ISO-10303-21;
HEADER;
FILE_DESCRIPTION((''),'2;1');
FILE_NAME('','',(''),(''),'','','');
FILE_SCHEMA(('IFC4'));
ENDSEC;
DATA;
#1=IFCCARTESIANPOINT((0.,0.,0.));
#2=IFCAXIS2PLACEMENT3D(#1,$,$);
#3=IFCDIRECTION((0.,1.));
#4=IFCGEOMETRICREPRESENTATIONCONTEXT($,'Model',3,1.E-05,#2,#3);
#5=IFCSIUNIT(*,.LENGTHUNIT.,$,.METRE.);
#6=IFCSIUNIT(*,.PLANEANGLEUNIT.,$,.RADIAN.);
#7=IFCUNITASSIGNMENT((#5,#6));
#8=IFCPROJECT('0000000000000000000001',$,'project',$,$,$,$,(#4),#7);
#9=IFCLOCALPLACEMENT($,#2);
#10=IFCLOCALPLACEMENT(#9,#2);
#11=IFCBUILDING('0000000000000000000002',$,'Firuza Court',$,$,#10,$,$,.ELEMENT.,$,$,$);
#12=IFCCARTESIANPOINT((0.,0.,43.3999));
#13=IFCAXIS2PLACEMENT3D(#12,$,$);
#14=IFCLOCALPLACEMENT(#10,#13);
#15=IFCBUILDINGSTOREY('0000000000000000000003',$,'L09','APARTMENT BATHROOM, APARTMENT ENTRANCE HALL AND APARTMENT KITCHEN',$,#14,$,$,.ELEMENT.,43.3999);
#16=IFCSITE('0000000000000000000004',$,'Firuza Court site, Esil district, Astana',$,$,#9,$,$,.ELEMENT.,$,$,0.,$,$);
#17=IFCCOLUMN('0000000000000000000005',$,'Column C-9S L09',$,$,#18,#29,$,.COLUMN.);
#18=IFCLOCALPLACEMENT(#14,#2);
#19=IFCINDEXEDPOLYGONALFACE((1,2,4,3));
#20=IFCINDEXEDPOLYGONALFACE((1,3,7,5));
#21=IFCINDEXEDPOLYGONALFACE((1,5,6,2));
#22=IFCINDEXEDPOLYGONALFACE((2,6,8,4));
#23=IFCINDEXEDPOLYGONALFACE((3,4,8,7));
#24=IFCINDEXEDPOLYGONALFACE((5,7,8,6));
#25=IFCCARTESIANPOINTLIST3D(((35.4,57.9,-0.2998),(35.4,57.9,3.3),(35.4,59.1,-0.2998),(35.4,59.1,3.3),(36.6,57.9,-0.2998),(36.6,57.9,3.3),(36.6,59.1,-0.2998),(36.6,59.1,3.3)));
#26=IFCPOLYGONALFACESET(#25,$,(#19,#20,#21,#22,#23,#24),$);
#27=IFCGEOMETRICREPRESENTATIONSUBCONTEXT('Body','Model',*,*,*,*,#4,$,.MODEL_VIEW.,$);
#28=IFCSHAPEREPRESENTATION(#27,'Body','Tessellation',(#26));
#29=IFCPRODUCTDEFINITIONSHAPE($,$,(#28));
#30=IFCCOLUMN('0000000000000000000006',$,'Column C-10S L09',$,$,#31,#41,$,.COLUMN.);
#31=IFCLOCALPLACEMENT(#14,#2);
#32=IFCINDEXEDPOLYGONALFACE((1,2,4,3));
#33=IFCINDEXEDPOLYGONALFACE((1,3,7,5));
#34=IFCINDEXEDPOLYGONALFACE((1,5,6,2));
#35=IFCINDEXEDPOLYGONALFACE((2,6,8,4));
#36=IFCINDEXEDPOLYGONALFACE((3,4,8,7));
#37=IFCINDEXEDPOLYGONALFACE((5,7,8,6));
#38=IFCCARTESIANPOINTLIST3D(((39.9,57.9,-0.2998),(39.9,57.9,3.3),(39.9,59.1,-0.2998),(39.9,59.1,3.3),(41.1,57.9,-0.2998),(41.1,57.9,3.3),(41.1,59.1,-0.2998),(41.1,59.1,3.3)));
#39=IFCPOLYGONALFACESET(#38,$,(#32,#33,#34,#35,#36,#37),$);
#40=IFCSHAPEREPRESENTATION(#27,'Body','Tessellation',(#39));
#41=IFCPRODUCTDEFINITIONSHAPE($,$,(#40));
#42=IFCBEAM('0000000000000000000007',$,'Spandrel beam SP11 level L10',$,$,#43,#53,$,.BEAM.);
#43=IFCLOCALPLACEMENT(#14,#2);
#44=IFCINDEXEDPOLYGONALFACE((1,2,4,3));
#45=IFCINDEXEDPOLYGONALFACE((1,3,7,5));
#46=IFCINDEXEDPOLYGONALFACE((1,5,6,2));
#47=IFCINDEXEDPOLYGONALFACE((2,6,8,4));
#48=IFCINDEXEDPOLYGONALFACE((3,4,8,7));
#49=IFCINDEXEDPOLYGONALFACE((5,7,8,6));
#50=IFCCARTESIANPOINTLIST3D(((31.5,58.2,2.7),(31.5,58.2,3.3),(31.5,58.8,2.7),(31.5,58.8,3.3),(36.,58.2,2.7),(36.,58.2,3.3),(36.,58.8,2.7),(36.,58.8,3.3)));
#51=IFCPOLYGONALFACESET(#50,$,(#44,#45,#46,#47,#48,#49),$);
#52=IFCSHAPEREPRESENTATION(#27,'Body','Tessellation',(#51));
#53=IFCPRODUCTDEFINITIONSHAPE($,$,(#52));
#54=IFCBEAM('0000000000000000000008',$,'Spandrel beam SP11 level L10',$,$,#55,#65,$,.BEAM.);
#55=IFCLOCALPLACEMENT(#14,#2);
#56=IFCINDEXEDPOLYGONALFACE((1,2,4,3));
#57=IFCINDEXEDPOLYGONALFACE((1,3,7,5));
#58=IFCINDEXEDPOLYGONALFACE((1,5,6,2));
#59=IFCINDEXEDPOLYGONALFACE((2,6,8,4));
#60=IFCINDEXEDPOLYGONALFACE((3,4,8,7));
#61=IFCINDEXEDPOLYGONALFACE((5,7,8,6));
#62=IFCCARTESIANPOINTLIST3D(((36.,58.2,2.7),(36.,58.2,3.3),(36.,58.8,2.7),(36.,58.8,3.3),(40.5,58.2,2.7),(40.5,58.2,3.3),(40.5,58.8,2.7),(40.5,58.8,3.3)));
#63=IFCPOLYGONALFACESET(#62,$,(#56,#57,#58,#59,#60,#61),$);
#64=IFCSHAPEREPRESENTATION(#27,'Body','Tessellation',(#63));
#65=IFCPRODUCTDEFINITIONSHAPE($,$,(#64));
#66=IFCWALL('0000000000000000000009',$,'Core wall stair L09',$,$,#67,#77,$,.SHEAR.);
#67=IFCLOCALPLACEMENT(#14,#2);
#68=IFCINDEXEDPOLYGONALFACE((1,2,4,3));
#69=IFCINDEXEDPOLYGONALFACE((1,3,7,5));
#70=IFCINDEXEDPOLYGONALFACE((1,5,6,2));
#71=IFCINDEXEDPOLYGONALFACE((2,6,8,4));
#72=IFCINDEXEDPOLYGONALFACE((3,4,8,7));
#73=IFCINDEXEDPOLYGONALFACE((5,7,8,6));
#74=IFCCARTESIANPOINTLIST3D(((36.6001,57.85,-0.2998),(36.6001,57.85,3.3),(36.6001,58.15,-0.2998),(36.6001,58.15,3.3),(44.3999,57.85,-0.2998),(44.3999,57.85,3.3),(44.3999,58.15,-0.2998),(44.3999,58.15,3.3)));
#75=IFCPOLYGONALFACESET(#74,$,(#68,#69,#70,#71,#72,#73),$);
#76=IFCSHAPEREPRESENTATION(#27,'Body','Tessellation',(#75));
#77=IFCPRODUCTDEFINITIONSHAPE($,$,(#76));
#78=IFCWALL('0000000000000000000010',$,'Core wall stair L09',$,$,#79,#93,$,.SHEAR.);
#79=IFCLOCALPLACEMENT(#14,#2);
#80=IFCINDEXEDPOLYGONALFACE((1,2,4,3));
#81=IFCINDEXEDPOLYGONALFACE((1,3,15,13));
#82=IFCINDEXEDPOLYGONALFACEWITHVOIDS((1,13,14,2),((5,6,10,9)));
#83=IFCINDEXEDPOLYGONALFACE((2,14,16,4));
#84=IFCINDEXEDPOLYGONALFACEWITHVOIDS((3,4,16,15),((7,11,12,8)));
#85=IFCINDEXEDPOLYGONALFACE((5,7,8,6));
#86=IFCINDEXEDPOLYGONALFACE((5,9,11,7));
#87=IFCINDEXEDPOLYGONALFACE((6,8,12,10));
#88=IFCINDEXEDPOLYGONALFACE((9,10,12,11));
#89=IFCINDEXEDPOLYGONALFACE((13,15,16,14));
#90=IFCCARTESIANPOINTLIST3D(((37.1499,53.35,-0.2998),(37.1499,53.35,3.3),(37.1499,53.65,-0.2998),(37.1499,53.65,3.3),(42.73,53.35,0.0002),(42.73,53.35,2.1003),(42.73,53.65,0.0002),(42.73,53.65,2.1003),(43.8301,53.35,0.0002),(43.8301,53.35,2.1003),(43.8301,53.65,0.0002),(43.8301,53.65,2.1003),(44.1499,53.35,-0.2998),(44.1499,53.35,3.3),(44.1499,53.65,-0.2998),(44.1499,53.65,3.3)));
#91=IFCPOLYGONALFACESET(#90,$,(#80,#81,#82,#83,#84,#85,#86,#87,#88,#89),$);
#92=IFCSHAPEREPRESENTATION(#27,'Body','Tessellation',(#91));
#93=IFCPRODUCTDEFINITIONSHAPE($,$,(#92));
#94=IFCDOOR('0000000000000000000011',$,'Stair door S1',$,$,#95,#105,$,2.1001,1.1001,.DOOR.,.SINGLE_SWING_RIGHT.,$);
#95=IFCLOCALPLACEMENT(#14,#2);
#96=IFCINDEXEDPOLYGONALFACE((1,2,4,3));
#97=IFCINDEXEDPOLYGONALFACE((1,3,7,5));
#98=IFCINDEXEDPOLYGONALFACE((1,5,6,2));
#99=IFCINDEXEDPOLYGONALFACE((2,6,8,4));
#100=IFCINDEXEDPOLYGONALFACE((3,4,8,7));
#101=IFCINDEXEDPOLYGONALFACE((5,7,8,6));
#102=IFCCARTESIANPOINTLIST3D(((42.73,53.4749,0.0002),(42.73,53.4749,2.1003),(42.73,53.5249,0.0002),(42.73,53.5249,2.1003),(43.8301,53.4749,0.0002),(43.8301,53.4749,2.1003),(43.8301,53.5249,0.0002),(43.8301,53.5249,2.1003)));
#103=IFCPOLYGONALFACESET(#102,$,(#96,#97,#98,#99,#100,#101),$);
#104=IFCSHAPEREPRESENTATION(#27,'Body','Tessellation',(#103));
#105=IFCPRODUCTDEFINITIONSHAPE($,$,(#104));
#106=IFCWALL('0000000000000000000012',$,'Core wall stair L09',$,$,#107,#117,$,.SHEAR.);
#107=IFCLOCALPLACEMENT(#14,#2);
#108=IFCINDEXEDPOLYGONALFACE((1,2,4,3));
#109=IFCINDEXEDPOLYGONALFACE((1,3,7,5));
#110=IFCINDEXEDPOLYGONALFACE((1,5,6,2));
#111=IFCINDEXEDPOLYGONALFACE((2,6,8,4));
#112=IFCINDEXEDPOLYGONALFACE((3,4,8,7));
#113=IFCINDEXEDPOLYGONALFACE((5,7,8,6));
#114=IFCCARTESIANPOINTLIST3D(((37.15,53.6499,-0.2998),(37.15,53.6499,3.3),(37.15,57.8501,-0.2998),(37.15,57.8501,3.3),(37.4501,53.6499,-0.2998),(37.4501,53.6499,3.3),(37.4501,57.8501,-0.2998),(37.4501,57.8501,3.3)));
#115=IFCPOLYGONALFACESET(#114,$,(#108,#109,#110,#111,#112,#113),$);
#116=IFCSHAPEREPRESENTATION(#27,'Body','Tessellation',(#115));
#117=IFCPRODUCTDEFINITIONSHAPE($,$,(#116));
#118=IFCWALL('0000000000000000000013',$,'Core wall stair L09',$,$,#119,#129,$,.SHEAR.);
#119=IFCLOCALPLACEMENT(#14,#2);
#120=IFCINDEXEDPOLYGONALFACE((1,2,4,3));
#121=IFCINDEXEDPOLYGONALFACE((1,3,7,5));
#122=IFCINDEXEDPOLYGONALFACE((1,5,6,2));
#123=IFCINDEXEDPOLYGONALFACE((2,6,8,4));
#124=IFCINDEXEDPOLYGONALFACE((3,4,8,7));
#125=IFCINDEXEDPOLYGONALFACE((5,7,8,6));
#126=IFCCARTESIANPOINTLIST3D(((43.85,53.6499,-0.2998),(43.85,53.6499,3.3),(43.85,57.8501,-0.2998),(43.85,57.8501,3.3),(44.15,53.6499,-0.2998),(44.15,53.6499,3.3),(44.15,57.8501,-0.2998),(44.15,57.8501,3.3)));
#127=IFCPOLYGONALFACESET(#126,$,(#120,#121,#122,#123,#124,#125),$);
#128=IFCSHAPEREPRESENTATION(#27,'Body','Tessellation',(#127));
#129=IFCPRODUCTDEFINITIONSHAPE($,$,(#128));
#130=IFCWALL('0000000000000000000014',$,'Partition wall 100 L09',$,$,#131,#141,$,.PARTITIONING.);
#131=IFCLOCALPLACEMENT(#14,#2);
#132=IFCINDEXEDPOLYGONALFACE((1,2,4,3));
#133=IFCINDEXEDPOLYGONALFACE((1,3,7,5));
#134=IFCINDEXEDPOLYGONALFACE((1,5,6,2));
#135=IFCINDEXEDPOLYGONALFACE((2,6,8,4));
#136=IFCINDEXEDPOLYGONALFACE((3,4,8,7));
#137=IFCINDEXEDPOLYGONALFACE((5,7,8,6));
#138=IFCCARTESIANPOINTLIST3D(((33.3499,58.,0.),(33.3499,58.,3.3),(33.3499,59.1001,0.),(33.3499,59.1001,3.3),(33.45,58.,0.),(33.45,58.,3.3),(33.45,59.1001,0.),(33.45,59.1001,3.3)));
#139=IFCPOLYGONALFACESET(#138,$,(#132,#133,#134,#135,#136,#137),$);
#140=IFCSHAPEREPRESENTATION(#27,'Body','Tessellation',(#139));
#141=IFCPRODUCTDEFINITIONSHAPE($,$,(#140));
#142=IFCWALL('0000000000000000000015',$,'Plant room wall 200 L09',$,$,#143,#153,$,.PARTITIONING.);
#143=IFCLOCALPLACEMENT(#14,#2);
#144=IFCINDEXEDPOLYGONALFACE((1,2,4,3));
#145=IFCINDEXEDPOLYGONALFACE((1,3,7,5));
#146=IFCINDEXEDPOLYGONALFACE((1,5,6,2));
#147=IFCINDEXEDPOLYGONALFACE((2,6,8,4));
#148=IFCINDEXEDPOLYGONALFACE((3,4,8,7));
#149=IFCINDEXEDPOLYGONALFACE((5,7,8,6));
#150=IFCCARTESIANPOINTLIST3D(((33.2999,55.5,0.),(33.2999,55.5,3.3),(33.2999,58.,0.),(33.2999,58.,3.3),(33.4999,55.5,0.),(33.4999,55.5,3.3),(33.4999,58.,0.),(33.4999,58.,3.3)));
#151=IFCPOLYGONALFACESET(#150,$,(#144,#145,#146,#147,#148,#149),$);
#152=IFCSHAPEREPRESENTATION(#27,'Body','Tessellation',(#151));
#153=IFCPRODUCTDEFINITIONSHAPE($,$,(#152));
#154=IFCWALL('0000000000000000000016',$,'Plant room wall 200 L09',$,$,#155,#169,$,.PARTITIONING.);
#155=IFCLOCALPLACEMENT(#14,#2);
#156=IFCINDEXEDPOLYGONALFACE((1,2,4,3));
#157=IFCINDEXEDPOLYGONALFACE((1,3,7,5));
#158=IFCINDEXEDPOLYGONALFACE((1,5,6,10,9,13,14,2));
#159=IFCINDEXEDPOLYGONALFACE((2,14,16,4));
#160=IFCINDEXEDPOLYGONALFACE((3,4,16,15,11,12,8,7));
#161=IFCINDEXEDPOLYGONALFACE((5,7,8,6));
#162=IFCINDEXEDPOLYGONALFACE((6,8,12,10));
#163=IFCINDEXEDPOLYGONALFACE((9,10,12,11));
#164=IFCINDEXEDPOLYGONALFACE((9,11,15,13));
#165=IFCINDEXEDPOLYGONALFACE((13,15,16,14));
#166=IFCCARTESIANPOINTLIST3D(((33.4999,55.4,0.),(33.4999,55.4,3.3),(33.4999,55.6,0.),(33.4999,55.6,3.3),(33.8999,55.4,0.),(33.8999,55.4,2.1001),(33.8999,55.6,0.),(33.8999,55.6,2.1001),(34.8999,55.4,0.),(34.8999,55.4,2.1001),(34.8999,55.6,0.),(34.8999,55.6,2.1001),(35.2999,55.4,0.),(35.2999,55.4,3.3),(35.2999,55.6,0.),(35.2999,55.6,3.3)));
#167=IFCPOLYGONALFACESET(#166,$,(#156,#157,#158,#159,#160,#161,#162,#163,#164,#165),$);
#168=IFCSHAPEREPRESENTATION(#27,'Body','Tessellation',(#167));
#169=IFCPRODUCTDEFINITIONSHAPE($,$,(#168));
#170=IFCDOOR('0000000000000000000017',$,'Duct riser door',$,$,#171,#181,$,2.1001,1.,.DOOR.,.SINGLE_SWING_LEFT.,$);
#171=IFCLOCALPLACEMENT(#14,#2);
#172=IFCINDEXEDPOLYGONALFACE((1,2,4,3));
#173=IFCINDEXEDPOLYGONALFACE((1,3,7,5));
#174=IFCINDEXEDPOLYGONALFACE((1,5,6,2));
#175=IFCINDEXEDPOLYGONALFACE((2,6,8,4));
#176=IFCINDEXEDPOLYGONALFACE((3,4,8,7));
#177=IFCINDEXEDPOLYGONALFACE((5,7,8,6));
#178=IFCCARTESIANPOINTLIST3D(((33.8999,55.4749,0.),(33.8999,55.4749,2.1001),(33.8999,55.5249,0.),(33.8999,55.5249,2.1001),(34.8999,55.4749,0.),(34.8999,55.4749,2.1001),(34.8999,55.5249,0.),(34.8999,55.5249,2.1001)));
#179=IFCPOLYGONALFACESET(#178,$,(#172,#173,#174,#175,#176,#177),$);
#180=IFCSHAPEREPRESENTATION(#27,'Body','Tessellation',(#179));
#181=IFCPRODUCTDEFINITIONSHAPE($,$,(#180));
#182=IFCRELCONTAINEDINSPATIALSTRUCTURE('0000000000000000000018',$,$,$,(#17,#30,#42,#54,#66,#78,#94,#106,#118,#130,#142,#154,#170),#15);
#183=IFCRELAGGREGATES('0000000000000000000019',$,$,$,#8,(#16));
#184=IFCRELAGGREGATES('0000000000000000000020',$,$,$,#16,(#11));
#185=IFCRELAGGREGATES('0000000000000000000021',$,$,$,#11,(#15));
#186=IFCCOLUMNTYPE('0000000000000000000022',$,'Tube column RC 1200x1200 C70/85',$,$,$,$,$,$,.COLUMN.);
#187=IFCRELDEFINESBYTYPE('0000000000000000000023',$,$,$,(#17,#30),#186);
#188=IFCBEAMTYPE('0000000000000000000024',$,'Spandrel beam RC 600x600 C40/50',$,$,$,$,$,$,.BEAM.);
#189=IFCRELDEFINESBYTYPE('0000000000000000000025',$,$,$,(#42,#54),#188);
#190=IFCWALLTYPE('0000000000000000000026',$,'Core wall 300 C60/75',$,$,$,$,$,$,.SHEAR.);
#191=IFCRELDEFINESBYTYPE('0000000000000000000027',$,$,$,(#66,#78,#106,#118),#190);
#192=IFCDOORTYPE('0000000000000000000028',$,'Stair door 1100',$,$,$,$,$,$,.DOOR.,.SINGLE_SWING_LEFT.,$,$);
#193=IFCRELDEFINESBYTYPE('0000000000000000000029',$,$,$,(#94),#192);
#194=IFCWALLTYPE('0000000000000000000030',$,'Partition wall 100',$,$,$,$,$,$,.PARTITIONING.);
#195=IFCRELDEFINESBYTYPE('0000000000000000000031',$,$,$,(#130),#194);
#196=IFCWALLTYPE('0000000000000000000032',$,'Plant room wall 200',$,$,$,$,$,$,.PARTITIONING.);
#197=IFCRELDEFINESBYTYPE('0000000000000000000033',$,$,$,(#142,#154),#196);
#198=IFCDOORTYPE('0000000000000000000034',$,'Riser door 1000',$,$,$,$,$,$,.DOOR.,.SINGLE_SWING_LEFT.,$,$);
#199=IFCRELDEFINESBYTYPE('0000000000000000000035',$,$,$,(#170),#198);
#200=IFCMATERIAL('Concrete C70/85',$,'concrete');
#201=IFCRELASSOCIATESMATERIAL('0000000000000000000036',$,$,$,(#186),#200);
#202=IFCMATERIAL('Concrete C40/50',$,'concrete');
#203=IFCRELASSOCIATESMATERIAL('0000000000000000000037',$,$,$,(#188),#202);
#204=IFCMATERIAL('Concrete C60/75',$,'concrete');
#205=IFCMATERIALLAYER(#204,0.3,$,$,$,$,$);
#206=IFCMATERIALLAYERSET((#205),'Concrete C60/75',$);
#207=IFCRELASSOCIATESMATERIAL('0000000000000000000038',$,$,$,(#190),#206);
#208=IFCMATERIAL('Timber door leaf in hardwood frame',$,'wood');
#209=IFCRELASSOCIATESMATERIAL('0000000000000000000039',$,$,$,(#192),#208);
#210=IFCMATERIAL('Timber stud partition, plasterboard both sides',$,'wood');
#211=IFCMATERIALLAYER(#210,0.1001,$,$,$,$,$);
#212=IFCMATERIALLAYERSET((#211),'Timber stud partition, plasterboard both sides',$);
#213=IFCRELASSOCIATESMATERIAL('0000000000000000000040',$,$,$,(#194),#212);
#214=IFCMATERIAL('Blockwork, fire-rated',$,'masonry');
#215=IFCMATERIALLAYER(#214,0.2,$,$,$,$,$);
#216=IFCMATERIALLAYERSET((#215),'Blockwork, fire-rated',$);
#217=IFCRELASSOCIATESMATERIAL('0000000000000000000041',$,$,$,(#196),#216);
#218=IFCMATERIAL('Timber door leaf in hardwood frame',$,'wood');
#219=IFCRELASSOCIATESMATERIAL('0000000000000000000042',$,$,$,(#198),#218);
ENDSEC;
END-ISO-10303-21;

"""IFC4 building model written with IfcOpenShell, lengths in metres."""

from ifc_helpers import new_model, si_unit, direction, frame, frame_2d, origin, origin_2d, place, context, subcontext, project, spatial, rectangle, extrude, material, layer, layer_set, material_profile, profile_set, type_object, element, fill, save


model = new_model("IFC4")

# Units and contexts
model_context = context("Model", 3, precision=1e-05, world=origin(), true_north=direction((0.0, 1.0)))
body_context = subcontext(model_context, "Body", "Model", "MODEL_VIEW")
ifc_project = project(units=[si_unit("LENGTHUNIT", "METRE"), si_unit("PLANEANGLEUNIT", "RADIAN")], contexts=[model_context])

# Site, building, storey
site_placement = place(None, origin())
site = spatial("IfcSite", under=ifc_project, at=site_placement, Name="Firuza Court site, Esil district, Astana", CompositionType="ELEMENT", RefElevation=0.0)
building_placement = place(site_placement, origin())
building = spatial("IfcBuilding", under=site, at=building_placement, Name="Firuza Court", CompositionType="ELEMENT")
storey_placement = place(building_placement, frame((0.0, 0.0, 43.3999)))
storey = spatial("IfcBuildingStorey", under=building, at=storey_placement, Name="L09", Description="APARTMENT BATHROOM, APARTMENT ENTRANCE HALL AND APARTMENT KITCHEN", CompositionType="ELEMENT", Elevation=43.3999)

# Columns
ifc_material_1 = material(Name="Concrete C70/85", Category="concrete")
ifc_material_profile_1 = material_profile(ifc_material_1, rectangle(XDim=1.2, YDim=1.2, at=origin_2d()), Name="RC 1200x1200")
ifc_profile_set_1 = profile_set([ifc_material_profile_1], Name="Concrete C70/85")
column_type = type_object("IfcColumnType", Name="Tube column RC 1200x1200 C70/85", PredefinedType="COLUMN", material=ifc_profile_set_1)
for number, where, z_axis, x_axis, name in (
    (1, (36.0, 58.5, -0.2998), (0.0, 0.0, 1.0), (1.0, 0.0, 0.0), "Column C-9S L09"),
    (2, (40.5, 58.5, -0.2998), (0.0, 0.0, 1.0), (1.0, 0.0, 0.0), "Column C-10S L09"),
):
    element("IfcColumn", number, at=place(storey_placement, frame(where, z_axis=z_axis, x_axis=x_axis)), inside=storey, type_object=column_type, Name=name, PredefinedType="COLUMN", context=body_context, shape_type="SweptSolid", body=[
        extrude(rectangle(XDim=1.2, YDim=1.2, at=origin_2d()), origin(), (0.0, 0.0, 1.0), 3.5999),
    ])

# Beams
ifc_material_2 = material(Name="Concrete C40/50", Category="concrete")
ifc_material_profile_2 = material_profile(ifc_material_2, rectangle(XDim=0.6001, YDim=0.6001, at=origin_2d()), Name="RC 600x600")
ifc_profile_set_2 = profile_set([ifc_material_profile_2], Name="Concrete C40/50")
beam_type = type_object("IfcBeamType", Name="Spandrel beam RC 600x600 C40/50", PredefinedType="BEAM", material=ifc_profile_set_2)
for number, where, z_axis, x_axis, name in (
    (3, (36.0, 58.5, 3.0), (-1.0, 0.0, 0.0), (0.0, -1.0, 0.0), "Spandrel beam SP11 level L10"),
    (4, (40.5, 58.5, 3.0), (-1.0, 0.0, 0.0), (0.0, -1.0, 0.0), "Spandrel beam SP11 level L10"),
):
    element("IfcBeam", number, at=place(storey_placement, frame(where, z_axis=z_axis, x_axis=x_axis)), inside=storey, type_object=beam_type, Name=name, PredefinedType="BEAM", context=body_context, shape_type="SweptSolid", body=[
        extrude(rectangle(XDim=0.6001, YDim=0.6001, at=origin_2d()), origin(), (0.0, 0.0, 1.0), 4.5),
    ])

# Wall
ifc_material_3 = material(Name="Concrete C60/75", Category="concrete")
ifc_layer_1 = layer(ifc_material_3, 0.3)
ifc_layer_set_1 = layer_set([ifc_layer_1], Name="Concrete C60/75")
wall_type_1 = type_object("IfcWallType", Name="Core wall 300 C60/75", PredefinedType="SHEAR", material=ifc_layer_set_1)
wall_1_placement = place(storey_placement, frame((36.6001, 58.0, -0.2998), z_axis=(0.0, 0.0, 1.0), x_axis=(1.0, 0.0, 0.0)))
element("IfcWall", 5, at=wall_1_placement, inside=storey, type_object=wall_type_1, Name="Core wall stair L09", PredefinedType="SHEAR", context=body_context, shape_type="SweptSolid", body=[
    extrude(rectangle(XDim=7.7998, YDim=0.3, at=frame_2d((3.8999, 0.0))), origin(), (0.0, 0.0, 1.0), 3.5999),
])

# Wall, opening, door
wall_2_placement = place(storey_placement, frame((37.1499, 53.5, -0.2998), z_axis=(0.0, 0.0, 1.0), x_axis=(1.0, 0.0, 0.0)))
wall_2 = element("IfcWall", 6, at=wall_2_placement, inside=storey, type_object=wall_type_1, Name="Core wall stair L09", PredefinedType="SHEAR", context=body_context, shape_type="SweptSolid", body=[
    extrude(rectangle(XDim=7.0, YDim=0.3, at=frame_2d((3.5, 0.0))), origin(), (0.0, 0.0, 1.0), 3.5999),
])
opening_1_placement = place(wall_2_placement, frame((5.5801, 0.0, 0.3)))
opening_1 = element("IfcOpeningElement", 7, at=opening_1_placement, cuts=wall_2, PredefinedType="OPENING", context=body_context, shape_type="SweptSolid", body=[
    extrude(rectangle(XDim=1.1001, YDim=2.1001, at=frame_2d((0.55, 1.05))), frame((0.0, 0.1621, 0.0), z_axis=(0.0, -1.0, 0.0), x_axis=(1.0, 0.0, 0.0)), (0.0, 0.0, 1.0), 0.324),
])
ifc_material_4 = material(Name="Timber door leaf in hardwood frame", Category="wood")
door_type_1 = type_object("IfcDoorType", Name="Stair door 1100", OperationType="SINGLE_SWING_LEFT", PredefinedType="DOOR", material=ifc_material_4)
door_1_placement = place(opening_1_placement, origin())
door_1 = element("IfcDoor", 8, at=door_1_placement, inside=storey, type_object=door_type_1, Name="Stair door S1", OperationType="SINGLE_SWING_RIGHT", OverallHeight=2.1001, OverallWidth=1.1001, PredefinedType="DOOR", context=body_context, shape_type="SweptSolid", body=[
    extrude(rectangle(XDim=1.1001, YDim=2.1001, at=frame_2d((0.55, 1.05))), frame((0.0, 0.0249, 0.0), z_axis=(0.0, -1.0, 0.0), x_axis=(1.0, 0.0, 0.0)), (0.0, 0.0, 1.0), 0.05),
])
fill(opening_1, door_1)

# Walls
for number, where, z_axis, x_axis, name in (
    (9, (37.3, 53.6499, -0.2998), (0.0, 0.0, 1.0), (0.0, 1.0, 0.0), "Core wall stair L09"),
    (10, (44.0, 53.6499, -0.2998), (0.0, 0.0, 1.0), (0.0, 1.0, 0.0), "Core wall stair L09"),
):
    element("IfcWall", number, at=place(storey_placement, frame(where, z_axis=z_axis, x_axis=x_axis)), inside=storey, type_object=wall_type_1, Name=name, PredefinedType="SHEAR", context=body_context, shape_type="SweptSolid", body=[
        extrude(rectangle(XDim=4.2002, YDim=0.3, at=frame_2d((2.1001, 0.0))), origin(), (0.0, 0.0, 1.0), 3.5999),
    ])
ifc_material_5 = material(Name="Timber stud partition, plasterboard both sides", Category="wood")
ifc_layer_2 = layer(ifc_material_5, 0.1001)
ifc_layer_set_2 = layer_set([ifc_layer_2], Name="Timber stud partition, plasterboard both sides")
wall_type_2 = type_object("IfcWallType", Name="Partition wall 100", PredefinedType="PARTITIONING", material=ifc_layer_set_2)
wall_3_placement = place(storey_placement, frame((33.3999, 58.0, 0.0), z_axis=(0.0, 0.0, 1.0), x_axis=(0.0, 1.0, 0.0)))
element("IfcWall", 11, at=wall_3_placement, inside=storey, type_object=wall_type_2, Name="Partition wall 100 L09", PredefinedType="PARTITIONING", context=body_context, shape_type="SweptSolid", body=[
    extrude(rectangle(XDim=1.1001, YDim=0.1001, at=frame_2d((0.55, 0.0))), origin(), (0.0, 0.0, 1.0), 3.3),
])
ifc_material_6 = material(Name="Blockwork, fire-rated", Category="masonry")
ifc_layer_3 = layer(ifc_material_6, 0.2)
ifc_layer_set_3 = layer_set([ifc_layer_3], Name="Blockwork, fire-rated")
wall_type_3 = type_object("IfcWallType", Name="Plant room wall 200", PredefinedType="PARTITIONING", material=ifc_layer_set_3)
wall_4_placement = place(storey_placement, frame((33.3999, 55.5, 0.0), z_axis=(0.0, 0.0, 1.0), x_axis=(0.0, 1.0, 0.0)))
element("IfcWall", 12, at=wall_4_placement, inside=storey, type_object=wall_type_3, Name="Plant room wall 200 L09", PredefinedType="PARTITIONING", context=body_context, shape_type="SweptSolid", body=[
    extrude(rectangle(XDim=2.5, YDim=0.2, at=frame_2d((1.25, 0.0))), origin(), (0.0, 0.0, 1.0), 3.3),
])

# Wall, opening, door
wall_5_placement = place(storey_placement, frame((33.5, 55.5, 0.0), z_axis=(0.0, 0.0, 1.0), x_axis=(1.0, 0.0, 0.0)))
wall_5 = element("IfcWall", 13, at=wall_5_placement, inside=storey, type_object=wall_type_3, Name="Plant room wall 200 L09", PredefinedType="PARTITIONING", context=body_context, shape_type="SweptSolid", body=[
    extrude(rectangle(XDim=1.8, YDim=0.2, at=frame_2d((0.8999, 0.0))), origin(), (0.0, 0.0, 1.0), 3.3),
])
opening_2_placement = place(wall_5_placement, frame((0.3999, 0.0, 0.0)))
opening_2 = element("IfcOpeningElement", 14, at=opening_2_placement, cuts=wall_5, PredefinedType="OPENING", context=body_context, shape_type="SweptSolid", body=[
    extrude(rectangle(XDim=1.0, YDim=2.1001, at=frame_2d((0.5, 1.05))), frame((0.0, 0.1118, 0.0), z_axis=(0.0, -1.0, 0.0), x_axis=(1.0, 0.0, 0.0)), (0.0, 0.0, 1.0), 0.2239),
])
ifc_material_7 = material(Name="Timber door leaf in hardwood frame", Category="wood")
door_type_2 = type_object("IfcDoorType", Name="Riser door 1000", OperationType="SINGLE_SWING_LEFT", PredefinedType="DOOR", material=ifc_material_7)
door_2_placement = place(opening_2_placement, origin())
door_2 = element("IfcDoor", 15, at=door_2_placement, inside=storey, type_object=door_type_2, Name="Duct riser door", OperationType="SINGLE_SWING_LEFT", OverallHeight=2.1001, OverallWidth=1.0, PredefinedType="DOOR", context=body_context, shape_type="SweptSolid", body=[
    extrude(rectangle(XDim=1.0, YDim=2.1001, at=frame_2d((0.5, 1.05))), frame((0.0, 0.0249, 0.0), z_axis=(0.0, -1.0, 0.0), x_axis=(1.0, 0.0, 0.0)), (0.0, 0.0, 1.0), 0.05),
])
fill(opening_2, door_2)

save(model, "model.ifc")
